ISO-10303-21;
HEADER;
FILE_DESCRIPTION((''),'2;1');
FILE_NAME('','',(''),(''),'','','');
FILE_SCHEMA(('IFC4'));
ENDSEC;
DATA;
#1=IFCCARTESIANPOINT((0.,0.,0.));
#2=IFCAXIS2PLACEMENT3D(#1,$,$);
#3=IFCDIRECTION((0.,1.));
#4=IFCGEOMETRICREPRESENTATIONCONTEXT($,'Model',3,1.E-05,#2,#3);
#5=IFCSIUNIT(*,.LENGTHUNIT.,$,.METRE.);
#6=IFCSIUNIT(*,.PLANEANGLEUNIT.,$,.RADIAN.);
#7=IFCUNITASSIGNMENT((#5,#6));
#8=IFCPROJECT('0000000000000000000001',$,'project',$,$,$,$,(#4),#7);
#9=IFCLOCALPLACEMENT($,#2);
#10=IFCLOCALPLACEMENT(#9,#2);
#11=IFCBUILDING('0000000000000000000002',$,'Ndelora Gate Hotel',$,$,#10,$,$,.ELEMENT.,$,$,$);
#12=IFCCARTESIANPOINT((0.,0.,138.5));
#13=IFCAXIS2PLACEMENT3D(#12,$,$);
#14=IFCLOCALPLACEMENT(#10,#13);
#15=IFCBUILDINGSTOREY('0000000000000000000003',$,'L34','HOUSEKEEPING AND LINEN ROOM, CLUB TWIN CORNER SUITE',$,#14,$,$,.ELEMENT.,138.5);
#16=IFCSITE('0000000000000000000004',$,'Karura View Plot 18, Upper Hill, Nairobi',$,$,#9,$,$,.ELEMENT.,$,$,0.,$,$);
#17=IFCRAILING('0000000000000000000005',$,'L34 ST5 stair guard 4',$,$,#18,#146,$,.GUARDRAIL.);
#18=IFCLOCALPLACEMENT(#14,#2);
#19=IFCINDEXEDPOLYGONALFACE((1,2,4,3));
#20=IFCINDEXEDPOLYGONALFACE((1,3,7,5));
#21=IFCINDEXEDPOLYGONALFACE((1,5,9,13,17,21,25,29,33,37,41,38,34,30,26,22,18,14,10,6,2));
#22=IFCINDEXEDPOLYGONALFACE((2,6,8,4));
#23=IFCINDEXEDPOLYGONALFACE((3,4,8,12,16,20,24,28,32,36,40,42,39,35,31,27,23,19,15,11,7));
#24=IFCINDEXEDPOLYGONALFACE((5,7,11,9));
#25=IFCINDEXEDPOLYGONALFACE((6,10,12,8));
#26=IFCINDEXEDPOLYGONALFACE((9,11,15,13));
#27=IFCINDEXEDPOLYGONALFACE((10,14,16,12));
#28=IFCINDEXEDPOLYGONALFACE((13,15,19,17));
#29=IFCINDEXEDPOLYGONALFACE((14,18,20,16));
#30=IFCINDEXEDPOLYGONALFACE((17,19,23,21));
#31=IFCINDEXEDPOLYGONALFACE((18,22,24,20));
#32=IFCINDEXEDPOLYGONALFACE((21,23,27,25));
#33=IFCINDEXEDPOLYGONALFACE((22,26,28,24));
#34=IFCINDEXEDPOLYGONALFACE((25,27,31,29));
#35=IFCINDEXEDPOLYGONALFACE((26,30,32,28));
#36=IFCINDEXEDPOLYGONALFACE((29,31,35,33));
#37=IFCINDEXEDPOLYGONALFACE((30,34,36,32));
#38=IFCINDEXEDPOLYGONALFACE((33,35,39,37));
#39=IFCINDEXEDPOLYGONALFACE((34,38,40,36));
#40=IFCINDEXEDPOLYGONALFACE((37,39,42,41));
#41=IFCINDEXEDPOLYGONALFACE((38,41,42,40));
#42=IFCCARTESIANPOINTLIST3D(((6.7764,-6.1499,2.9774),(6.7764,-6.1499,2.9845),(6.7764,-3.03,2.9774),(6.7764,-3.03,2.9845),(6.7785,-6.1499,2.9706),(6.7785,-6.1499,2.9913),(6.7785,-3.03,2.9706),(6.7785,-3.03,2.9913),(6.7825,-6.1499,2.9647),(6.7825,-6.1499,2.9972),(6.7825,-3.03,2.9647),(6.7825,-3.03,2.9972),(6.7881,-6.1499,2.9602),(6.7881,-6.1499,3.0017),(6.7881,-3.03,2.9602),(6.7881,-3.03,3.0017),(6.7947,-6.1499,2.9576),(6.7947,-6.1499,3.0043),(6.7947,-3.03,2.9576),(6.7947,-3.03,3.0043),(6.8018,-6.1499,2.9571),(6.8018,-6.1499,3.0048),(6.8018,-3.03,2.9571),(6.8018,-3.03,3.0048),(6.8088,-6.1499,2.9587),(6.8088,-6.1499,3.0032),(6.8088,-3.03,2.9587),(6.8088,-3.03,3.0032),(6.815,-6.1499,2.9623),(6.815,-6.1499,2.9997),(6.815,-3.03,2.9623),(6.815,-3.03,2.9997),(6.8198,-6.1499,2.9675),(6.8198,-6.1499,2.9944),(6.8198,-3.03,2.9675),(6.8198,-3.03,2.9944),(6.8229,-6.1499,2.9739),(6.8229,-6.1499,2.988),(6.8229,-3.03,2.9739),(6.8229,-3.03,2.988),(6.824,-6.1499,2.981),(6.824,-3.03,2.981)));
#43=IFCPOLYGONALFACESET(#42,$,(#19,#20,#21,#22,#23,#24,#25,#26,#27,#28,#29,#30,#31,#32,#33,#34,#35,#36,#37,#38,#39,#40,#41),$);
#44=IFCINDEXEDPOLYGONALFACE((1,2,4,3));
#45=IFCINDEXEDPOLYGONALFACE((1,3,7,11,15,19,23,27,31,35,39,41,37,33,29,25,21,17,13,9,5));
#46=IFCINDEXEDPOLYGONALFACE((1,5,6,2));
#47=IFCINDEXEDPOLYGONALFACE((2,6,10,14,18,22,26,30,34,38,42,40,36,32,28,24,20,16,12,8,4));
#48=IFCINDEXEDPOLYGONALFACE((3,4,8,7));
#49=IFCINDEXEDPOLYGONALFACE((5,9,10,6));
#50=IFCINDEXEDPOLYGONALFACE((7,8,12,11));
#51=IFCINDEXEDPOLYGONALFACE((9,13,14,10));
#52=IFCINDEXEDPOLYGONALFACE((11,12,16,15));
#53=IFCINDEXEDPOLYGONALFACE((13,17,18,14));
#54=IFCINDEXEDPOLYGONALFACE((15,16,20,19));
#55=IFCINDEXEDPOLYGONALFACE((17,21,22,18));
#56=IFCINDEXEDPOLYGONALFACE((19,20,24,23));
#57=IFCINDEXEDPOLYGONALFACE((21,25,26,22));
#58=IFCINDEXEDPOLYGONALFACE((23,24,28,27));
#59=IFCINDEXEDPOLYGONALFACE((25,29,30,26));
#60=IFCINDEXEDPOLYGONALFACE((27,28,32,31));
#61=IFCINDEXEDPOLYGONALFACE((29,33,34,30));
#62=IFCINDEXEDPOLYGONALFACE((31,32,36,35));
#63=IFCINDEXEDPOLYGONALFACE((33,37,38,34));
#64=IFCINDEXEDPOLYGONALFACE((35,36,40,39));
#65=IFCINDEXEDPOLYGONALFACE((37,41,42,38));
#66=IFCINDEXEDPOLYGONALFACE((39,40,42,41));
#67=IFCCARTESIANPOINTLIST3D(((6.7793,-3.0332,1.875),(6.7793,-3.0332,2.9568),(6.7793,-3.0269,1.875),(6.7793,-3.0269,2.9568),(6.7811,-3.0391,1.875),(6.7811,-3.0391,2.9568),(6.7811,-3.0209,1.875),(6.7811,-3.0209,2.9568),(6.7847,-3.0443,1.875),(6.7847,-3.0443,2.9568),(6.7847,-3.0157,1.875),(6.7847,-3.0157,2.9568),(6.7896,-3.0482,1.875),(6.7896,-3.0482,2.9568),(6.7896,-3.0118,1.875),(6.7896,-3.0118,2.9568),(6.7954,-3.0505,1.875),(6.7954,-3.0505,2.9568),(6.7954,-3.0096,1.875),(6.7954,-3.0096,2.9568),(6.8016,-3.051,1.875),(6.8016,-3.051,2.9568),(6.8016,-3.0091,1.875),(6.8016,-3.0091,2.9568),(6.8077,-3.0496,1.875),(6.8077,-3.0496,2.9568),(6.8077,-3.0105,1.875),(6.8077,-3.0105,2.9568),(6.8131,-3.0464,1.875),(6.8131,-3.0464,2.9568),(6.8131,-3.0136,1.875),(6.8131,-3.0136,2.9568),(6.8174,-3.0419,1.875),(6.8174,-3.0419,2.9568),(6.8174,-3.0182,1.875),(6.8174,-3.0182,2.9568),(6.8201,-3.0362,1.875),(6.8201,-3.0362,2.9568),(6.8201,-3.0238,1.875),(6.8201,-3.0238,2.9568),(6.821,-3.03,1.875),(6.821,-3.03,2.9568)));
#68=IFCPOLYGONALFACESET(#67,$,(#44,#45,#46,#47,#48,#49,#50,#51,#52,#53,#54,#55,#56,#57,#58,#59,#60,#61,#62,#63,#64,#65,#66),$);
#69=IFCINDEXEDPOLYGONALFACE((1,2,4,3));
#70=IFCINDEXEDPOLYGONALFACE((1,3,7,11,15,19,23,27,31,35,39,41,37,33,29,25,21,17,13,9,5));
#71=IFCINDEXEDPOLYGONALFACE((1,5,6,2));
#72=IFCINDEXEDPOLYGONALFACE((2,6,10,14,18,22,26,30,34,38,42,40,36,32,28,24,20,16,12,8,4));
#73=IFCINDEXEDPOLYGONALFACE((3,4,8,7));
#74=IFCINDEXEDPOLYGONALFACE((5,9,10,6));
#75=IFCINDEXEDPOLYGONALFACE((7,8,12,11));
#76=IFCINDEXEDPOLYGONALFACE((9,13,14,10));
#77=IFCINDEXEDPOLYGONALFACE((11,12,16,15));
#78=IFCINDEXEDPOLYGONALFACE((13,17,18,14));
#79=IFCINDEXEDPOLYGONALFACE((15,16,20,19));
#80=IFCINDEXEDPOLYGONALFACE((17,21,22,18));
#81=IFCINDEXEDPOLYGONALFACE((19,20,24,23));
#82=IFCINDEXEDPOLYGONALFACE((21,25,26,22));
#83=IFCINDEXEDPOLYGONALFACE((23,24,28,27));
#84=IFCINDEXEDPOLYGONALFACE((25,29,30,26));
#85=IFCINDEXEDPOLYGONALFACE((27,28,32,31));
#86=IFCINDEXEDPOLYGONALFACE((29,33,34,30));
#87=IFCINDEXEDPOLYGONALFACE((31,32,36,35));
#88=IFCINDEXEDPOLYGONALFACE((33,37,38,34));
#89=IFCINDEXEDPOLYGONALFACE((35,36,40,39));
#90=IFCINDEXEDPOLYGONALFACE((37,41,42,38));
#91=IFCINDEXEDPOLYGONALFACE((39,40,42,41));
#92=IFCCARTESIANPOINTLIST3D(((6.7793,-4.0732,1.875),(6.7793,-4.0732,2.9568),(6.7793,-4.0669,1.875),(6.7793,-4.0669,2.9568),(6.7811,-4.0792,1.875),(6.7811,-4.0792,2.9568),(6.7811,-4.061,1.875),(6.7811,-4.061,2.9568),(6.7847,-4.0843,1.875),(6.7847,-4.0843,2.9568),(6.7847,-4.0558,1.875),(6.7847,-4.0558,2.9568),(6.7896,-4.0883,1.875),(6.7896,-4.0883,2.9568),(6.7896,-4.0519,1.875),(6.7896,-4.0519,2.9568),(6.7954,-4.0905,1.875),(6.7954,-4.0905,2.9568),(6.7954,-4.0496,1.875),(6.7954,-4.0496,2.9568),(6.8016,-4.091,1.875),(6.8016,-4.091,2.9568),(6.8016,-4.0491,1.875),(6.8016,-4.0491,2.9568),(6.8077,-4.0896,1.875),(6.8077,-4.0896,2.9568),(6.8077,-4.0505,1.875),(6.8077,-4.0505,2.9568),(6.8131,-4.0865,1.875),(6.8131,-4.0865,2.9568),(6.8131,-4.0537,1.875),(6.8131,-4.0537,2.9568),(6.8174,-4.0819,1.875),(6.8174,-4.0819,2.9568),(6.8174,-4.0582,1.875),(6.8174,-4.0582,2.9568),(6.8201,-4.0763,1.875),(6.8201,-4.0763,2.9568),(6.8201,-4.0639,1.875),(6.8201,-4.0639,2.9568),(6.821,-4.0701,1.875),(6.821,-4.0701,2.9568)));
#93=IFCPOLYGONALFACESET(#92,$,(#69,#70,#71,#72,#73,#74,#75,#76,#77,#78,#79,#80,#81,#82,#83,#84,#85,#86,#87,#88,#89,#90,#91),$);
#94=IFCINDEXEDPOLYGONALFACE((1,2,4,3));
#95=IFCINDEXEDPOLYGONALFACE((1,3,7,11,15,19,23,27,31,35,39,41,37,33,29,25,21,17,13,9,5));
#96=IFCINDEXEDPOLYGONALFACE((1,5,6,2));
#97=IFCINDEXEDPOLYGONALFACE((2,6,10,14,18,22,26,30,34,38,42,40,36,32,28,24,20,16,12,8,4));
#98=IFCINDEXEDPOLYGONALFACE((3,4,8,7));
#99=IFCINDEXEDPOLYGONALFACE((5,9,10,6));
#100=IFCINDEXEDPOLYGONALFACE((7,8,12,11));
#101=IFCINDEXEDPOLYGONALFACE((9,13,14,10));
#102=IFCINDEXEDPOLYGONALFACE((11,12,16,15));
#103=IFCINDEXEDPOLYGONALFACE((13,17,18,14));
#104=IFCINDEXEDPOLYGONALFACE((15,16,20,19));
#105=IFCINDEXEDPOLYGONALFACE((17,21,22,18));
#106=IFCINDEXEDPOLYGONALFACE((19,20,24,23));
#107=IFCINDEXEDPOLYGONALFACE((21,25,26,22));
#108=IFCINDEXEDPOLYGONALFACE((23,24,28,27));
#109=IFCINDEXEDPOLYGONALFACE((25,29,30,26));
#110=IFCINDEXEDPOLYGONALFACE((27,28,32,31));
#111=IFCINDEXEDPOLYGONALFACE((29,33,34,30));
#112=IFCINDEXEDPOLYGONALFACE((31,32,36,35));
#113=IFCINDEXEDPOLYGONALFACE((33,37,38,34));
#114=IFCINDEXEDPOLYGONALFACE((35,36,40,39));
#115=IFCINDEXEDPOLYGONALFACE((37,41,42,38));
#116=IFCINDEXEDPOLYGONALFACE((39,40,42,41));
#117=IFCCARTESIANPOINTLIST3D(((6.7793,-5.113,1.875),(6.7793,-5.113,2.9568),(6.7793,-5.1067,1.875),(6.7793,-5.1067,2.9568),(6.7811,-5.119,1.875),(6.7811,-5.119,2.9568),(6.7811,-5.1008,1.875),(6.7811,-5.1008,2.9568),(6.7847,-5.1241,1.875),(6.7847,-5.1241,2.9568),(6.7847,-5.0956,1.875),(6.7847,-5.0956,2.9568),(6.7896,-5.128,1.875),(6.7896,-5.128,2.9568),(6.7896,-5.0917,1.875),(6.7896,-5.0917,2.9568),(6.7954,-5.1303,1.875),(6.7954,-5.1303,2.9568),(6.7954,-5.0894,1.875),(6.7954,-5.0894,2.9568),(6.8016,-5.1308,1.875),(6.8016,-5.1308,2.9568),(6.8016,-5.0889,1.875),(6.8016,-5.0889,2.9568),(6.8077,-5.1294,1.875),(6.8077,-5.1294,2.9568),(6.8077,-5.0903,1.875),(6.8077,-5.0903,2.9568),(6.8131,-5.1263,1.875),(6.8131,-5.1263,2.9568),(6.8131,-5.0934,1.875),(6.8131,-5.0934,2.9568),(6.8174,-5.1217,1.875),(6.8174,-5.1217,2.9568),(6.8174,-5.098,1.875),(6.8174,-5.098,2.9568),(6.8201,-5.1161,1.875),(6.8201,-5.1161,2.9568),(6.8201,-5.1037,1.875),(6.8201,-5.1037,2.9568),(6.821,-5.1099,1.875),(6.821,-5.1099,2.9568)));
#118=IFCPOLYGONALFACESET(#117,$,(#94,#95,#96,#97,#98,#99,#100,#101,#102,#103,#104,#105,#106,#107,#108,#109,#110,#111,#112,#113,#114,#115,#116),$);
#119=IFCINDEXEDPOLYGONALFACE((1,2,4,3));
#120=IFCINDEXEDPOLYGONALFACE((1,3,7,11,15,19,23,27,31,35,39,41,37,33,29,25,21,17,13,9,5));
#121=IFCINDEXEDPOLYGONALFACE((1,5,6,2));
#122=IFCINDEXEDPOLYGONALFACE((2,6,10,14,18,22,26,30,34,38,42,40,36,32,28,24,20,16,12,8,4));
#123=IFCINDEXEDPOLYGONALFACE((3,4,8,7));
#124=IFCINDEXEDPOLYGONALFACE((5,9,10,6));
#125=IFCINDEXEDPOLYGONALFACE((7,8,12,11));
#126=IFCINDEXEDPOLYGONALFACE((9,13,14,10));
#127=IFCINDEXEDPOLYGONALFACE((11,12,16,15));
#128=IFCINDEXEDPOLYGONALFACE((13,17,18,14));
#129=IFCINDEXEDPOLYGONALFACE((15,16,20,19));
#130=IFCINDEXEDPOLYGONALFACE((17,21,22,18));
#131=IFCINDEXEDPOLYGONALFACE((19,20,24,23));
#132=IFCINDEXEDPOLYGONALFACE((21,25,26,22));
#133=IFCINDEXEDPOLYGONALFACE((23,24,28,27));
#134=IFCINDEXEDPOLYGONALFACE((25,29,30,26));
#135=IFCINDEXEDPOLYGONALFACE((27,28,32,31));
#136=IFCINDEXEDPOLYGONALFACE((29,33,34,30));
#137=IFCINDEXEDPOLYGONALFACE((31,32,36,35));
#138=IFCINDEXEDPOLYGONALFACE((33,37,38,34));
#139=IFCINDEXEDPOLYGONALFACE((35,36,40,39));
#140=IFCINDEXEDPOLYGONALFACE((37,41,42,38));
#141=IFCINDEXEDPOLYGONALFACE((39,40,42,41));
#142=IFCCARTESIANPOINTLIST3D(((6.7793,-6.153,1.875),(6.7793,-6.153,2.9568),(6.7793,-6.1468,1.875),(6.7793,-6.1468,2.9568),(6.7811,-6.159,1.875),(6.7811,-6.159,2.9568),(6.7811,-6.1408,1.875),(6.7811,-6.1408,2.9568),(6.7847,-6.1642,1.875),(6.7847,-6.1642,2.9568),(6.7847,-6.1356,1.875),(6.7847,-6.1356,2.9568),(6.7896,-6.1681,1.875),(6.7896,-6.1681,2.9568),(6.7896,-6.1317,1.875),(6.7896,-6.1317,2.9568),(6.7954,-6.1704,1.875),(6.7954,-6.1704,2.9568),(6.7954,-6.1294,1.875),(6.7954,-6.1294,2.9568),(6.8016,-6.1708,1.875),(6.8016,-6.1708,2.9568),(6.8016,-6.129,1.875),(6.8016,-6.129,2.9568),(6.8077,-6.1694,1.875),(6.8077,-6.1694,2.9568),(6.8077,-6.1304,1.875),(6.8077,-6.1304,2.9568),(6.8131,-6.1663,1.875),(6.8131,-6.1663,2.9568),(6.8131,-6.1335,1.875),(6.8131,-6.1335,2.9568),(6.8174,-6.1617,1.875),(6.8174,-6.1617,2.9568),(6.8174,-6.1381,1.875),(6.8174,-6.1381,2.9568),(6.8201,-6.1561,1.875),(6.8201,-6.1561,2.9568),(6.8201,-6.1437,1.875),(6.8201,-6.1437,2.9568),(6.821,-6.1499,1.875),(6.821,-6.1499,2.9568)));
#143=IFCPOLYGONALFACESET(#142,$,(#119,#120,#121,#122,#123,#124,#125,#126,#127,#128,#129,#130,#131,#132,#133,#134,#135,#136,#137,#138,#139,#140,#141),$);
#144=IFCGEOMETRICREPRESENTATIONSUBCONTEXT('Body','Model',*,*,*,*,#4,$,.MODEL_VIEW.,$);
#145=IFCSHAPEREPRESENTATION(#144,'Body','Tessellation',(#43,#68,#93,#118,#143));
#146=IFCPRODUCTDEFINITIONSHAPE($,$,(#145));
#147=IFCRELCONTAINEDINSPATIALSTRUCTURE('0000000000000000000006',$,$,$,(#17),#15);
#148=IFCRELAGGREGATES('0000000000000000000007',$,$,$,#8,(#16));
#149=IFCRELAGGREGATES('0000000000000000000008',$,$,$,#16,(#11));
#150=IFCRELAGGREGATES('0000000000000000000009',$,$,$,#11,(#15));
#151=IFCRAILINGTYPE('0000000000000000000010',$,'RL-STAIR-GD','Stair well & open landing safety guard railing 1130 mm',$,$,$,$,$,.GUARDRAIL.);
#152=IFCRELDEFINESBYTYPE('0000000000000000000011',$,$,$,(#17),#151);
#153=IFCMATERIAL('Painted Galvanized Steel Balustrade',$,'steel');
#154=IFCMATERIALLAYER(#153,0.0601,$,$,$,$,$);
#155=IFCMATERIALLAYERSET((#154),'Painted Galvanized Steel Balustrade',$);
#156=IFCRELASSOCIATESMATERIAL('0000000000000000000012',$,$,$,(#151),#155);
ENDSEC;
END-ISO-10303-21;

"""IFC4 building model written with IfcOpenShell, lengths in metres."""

from ifc_helpers import new_model, si_unit, direction, frame, origin, origin_2d, place, context, subcontext, project, spatial, circle, extrude, material, layer, layer_set, type_object, element, save


model = new_model("IFC4")

# Units and contexts
model_context = context("Model", 3, precision=1e-05, world=origin(), true_north=direction((0.0, 1.0)))
body_context = subcontext(model_context, "Body", "Model", "MODEL_VIEW")
ifc_project = project(units=[si_unit("LENGTHUNIT", "METRE"), si_unit("PLANEANGLEUNIT", "RADIAN")], contexts=[model_context])

# Site, building, storey
site_placement = place(None, origin())
site = spatial("IfcSite", under=ifc_project, at=site_placement, Name="Karura View Plot 18, Upper Hill, Nairobi", CompositionType="ELEMENT", RefElevation=0.0)
building_placement = place(site_placement, origin())
building = spatial("IfcBuilding", under=site, at=building_placement, Name="Ndelora Gate Hotel", CompositionType="ELEMENT")
storey_placement = place(building_placement, frame((0.0, 0.0, 138.5)))
storey = spatial("IfcBuildingStorey", under=building, at=storey_placement, Name="L34", Description="HOUSEKEEPING AND LINEN ROOM, CLUB TWIN CORNER SUITE", CompositionType="ELEMENT", Elevation=138.5)

# Railing
ifc_material_1 = material(Name="Painted Galvanized Steel Balustrade", Category="steel")
ifc_layer_1 = layer(ifc_material_1, 0.0601)
ifc_layer_set_1 = layer_set([ifc_layer_1], Name="Painted Galvanized Steel Balustrade")
railing_type_1 = type_object("IfcRailingType", Name="RL-STAIR-GD", Description="Stair well & open landing safety guard railing 1130 mm", PredefinedType="GUARDRAIL", material=ifc_layer_set_1)
railing_1_placement = place(storey_placement, frame((6.8, -3.03, 1.875)))
element("IfcRailing", 1, at=railing_1_placement, inside=storey, type_object=railing_type_1, Name="L34 ST5 stair guard 4", PredefinedType="GUARDRAIL", context=body_context, shape_type="SweptSolid", body=[
    extrude(circle(Radius=0.0239, at=origin_2d()), frame((0.0, 0.0, 1.106), z_axis=(0.0, -1.0, 0.0), x_axis=(1.0, 0.0, 0.0)), (0.0, 0.0, 1.0), 3.1199),
    extrude(circle(Radius=0.021, at=origin_2d()), origin(), (0.0, 0.0, 1.0), 1.0818),
    extrude(circle(Radius=0.021, at=origin_2d()), frame((0.0, -1.04, 0.0)), (0.0, 0.0, 1.0), 1.0818),
    extrude(circle(Radius=0.021, at=origin_2d()), frame((0.0, -2.0798, 0.0)), (0.0, 0.0, 1.0), 1.0818),
    extrude(circle(Radius=0.021, at=origin_2d()), frame((0.0, -3.1199, 0.0)), (0.0, 0.0, 1.0), 1.0818),
])

save(model, "model.ifc")
